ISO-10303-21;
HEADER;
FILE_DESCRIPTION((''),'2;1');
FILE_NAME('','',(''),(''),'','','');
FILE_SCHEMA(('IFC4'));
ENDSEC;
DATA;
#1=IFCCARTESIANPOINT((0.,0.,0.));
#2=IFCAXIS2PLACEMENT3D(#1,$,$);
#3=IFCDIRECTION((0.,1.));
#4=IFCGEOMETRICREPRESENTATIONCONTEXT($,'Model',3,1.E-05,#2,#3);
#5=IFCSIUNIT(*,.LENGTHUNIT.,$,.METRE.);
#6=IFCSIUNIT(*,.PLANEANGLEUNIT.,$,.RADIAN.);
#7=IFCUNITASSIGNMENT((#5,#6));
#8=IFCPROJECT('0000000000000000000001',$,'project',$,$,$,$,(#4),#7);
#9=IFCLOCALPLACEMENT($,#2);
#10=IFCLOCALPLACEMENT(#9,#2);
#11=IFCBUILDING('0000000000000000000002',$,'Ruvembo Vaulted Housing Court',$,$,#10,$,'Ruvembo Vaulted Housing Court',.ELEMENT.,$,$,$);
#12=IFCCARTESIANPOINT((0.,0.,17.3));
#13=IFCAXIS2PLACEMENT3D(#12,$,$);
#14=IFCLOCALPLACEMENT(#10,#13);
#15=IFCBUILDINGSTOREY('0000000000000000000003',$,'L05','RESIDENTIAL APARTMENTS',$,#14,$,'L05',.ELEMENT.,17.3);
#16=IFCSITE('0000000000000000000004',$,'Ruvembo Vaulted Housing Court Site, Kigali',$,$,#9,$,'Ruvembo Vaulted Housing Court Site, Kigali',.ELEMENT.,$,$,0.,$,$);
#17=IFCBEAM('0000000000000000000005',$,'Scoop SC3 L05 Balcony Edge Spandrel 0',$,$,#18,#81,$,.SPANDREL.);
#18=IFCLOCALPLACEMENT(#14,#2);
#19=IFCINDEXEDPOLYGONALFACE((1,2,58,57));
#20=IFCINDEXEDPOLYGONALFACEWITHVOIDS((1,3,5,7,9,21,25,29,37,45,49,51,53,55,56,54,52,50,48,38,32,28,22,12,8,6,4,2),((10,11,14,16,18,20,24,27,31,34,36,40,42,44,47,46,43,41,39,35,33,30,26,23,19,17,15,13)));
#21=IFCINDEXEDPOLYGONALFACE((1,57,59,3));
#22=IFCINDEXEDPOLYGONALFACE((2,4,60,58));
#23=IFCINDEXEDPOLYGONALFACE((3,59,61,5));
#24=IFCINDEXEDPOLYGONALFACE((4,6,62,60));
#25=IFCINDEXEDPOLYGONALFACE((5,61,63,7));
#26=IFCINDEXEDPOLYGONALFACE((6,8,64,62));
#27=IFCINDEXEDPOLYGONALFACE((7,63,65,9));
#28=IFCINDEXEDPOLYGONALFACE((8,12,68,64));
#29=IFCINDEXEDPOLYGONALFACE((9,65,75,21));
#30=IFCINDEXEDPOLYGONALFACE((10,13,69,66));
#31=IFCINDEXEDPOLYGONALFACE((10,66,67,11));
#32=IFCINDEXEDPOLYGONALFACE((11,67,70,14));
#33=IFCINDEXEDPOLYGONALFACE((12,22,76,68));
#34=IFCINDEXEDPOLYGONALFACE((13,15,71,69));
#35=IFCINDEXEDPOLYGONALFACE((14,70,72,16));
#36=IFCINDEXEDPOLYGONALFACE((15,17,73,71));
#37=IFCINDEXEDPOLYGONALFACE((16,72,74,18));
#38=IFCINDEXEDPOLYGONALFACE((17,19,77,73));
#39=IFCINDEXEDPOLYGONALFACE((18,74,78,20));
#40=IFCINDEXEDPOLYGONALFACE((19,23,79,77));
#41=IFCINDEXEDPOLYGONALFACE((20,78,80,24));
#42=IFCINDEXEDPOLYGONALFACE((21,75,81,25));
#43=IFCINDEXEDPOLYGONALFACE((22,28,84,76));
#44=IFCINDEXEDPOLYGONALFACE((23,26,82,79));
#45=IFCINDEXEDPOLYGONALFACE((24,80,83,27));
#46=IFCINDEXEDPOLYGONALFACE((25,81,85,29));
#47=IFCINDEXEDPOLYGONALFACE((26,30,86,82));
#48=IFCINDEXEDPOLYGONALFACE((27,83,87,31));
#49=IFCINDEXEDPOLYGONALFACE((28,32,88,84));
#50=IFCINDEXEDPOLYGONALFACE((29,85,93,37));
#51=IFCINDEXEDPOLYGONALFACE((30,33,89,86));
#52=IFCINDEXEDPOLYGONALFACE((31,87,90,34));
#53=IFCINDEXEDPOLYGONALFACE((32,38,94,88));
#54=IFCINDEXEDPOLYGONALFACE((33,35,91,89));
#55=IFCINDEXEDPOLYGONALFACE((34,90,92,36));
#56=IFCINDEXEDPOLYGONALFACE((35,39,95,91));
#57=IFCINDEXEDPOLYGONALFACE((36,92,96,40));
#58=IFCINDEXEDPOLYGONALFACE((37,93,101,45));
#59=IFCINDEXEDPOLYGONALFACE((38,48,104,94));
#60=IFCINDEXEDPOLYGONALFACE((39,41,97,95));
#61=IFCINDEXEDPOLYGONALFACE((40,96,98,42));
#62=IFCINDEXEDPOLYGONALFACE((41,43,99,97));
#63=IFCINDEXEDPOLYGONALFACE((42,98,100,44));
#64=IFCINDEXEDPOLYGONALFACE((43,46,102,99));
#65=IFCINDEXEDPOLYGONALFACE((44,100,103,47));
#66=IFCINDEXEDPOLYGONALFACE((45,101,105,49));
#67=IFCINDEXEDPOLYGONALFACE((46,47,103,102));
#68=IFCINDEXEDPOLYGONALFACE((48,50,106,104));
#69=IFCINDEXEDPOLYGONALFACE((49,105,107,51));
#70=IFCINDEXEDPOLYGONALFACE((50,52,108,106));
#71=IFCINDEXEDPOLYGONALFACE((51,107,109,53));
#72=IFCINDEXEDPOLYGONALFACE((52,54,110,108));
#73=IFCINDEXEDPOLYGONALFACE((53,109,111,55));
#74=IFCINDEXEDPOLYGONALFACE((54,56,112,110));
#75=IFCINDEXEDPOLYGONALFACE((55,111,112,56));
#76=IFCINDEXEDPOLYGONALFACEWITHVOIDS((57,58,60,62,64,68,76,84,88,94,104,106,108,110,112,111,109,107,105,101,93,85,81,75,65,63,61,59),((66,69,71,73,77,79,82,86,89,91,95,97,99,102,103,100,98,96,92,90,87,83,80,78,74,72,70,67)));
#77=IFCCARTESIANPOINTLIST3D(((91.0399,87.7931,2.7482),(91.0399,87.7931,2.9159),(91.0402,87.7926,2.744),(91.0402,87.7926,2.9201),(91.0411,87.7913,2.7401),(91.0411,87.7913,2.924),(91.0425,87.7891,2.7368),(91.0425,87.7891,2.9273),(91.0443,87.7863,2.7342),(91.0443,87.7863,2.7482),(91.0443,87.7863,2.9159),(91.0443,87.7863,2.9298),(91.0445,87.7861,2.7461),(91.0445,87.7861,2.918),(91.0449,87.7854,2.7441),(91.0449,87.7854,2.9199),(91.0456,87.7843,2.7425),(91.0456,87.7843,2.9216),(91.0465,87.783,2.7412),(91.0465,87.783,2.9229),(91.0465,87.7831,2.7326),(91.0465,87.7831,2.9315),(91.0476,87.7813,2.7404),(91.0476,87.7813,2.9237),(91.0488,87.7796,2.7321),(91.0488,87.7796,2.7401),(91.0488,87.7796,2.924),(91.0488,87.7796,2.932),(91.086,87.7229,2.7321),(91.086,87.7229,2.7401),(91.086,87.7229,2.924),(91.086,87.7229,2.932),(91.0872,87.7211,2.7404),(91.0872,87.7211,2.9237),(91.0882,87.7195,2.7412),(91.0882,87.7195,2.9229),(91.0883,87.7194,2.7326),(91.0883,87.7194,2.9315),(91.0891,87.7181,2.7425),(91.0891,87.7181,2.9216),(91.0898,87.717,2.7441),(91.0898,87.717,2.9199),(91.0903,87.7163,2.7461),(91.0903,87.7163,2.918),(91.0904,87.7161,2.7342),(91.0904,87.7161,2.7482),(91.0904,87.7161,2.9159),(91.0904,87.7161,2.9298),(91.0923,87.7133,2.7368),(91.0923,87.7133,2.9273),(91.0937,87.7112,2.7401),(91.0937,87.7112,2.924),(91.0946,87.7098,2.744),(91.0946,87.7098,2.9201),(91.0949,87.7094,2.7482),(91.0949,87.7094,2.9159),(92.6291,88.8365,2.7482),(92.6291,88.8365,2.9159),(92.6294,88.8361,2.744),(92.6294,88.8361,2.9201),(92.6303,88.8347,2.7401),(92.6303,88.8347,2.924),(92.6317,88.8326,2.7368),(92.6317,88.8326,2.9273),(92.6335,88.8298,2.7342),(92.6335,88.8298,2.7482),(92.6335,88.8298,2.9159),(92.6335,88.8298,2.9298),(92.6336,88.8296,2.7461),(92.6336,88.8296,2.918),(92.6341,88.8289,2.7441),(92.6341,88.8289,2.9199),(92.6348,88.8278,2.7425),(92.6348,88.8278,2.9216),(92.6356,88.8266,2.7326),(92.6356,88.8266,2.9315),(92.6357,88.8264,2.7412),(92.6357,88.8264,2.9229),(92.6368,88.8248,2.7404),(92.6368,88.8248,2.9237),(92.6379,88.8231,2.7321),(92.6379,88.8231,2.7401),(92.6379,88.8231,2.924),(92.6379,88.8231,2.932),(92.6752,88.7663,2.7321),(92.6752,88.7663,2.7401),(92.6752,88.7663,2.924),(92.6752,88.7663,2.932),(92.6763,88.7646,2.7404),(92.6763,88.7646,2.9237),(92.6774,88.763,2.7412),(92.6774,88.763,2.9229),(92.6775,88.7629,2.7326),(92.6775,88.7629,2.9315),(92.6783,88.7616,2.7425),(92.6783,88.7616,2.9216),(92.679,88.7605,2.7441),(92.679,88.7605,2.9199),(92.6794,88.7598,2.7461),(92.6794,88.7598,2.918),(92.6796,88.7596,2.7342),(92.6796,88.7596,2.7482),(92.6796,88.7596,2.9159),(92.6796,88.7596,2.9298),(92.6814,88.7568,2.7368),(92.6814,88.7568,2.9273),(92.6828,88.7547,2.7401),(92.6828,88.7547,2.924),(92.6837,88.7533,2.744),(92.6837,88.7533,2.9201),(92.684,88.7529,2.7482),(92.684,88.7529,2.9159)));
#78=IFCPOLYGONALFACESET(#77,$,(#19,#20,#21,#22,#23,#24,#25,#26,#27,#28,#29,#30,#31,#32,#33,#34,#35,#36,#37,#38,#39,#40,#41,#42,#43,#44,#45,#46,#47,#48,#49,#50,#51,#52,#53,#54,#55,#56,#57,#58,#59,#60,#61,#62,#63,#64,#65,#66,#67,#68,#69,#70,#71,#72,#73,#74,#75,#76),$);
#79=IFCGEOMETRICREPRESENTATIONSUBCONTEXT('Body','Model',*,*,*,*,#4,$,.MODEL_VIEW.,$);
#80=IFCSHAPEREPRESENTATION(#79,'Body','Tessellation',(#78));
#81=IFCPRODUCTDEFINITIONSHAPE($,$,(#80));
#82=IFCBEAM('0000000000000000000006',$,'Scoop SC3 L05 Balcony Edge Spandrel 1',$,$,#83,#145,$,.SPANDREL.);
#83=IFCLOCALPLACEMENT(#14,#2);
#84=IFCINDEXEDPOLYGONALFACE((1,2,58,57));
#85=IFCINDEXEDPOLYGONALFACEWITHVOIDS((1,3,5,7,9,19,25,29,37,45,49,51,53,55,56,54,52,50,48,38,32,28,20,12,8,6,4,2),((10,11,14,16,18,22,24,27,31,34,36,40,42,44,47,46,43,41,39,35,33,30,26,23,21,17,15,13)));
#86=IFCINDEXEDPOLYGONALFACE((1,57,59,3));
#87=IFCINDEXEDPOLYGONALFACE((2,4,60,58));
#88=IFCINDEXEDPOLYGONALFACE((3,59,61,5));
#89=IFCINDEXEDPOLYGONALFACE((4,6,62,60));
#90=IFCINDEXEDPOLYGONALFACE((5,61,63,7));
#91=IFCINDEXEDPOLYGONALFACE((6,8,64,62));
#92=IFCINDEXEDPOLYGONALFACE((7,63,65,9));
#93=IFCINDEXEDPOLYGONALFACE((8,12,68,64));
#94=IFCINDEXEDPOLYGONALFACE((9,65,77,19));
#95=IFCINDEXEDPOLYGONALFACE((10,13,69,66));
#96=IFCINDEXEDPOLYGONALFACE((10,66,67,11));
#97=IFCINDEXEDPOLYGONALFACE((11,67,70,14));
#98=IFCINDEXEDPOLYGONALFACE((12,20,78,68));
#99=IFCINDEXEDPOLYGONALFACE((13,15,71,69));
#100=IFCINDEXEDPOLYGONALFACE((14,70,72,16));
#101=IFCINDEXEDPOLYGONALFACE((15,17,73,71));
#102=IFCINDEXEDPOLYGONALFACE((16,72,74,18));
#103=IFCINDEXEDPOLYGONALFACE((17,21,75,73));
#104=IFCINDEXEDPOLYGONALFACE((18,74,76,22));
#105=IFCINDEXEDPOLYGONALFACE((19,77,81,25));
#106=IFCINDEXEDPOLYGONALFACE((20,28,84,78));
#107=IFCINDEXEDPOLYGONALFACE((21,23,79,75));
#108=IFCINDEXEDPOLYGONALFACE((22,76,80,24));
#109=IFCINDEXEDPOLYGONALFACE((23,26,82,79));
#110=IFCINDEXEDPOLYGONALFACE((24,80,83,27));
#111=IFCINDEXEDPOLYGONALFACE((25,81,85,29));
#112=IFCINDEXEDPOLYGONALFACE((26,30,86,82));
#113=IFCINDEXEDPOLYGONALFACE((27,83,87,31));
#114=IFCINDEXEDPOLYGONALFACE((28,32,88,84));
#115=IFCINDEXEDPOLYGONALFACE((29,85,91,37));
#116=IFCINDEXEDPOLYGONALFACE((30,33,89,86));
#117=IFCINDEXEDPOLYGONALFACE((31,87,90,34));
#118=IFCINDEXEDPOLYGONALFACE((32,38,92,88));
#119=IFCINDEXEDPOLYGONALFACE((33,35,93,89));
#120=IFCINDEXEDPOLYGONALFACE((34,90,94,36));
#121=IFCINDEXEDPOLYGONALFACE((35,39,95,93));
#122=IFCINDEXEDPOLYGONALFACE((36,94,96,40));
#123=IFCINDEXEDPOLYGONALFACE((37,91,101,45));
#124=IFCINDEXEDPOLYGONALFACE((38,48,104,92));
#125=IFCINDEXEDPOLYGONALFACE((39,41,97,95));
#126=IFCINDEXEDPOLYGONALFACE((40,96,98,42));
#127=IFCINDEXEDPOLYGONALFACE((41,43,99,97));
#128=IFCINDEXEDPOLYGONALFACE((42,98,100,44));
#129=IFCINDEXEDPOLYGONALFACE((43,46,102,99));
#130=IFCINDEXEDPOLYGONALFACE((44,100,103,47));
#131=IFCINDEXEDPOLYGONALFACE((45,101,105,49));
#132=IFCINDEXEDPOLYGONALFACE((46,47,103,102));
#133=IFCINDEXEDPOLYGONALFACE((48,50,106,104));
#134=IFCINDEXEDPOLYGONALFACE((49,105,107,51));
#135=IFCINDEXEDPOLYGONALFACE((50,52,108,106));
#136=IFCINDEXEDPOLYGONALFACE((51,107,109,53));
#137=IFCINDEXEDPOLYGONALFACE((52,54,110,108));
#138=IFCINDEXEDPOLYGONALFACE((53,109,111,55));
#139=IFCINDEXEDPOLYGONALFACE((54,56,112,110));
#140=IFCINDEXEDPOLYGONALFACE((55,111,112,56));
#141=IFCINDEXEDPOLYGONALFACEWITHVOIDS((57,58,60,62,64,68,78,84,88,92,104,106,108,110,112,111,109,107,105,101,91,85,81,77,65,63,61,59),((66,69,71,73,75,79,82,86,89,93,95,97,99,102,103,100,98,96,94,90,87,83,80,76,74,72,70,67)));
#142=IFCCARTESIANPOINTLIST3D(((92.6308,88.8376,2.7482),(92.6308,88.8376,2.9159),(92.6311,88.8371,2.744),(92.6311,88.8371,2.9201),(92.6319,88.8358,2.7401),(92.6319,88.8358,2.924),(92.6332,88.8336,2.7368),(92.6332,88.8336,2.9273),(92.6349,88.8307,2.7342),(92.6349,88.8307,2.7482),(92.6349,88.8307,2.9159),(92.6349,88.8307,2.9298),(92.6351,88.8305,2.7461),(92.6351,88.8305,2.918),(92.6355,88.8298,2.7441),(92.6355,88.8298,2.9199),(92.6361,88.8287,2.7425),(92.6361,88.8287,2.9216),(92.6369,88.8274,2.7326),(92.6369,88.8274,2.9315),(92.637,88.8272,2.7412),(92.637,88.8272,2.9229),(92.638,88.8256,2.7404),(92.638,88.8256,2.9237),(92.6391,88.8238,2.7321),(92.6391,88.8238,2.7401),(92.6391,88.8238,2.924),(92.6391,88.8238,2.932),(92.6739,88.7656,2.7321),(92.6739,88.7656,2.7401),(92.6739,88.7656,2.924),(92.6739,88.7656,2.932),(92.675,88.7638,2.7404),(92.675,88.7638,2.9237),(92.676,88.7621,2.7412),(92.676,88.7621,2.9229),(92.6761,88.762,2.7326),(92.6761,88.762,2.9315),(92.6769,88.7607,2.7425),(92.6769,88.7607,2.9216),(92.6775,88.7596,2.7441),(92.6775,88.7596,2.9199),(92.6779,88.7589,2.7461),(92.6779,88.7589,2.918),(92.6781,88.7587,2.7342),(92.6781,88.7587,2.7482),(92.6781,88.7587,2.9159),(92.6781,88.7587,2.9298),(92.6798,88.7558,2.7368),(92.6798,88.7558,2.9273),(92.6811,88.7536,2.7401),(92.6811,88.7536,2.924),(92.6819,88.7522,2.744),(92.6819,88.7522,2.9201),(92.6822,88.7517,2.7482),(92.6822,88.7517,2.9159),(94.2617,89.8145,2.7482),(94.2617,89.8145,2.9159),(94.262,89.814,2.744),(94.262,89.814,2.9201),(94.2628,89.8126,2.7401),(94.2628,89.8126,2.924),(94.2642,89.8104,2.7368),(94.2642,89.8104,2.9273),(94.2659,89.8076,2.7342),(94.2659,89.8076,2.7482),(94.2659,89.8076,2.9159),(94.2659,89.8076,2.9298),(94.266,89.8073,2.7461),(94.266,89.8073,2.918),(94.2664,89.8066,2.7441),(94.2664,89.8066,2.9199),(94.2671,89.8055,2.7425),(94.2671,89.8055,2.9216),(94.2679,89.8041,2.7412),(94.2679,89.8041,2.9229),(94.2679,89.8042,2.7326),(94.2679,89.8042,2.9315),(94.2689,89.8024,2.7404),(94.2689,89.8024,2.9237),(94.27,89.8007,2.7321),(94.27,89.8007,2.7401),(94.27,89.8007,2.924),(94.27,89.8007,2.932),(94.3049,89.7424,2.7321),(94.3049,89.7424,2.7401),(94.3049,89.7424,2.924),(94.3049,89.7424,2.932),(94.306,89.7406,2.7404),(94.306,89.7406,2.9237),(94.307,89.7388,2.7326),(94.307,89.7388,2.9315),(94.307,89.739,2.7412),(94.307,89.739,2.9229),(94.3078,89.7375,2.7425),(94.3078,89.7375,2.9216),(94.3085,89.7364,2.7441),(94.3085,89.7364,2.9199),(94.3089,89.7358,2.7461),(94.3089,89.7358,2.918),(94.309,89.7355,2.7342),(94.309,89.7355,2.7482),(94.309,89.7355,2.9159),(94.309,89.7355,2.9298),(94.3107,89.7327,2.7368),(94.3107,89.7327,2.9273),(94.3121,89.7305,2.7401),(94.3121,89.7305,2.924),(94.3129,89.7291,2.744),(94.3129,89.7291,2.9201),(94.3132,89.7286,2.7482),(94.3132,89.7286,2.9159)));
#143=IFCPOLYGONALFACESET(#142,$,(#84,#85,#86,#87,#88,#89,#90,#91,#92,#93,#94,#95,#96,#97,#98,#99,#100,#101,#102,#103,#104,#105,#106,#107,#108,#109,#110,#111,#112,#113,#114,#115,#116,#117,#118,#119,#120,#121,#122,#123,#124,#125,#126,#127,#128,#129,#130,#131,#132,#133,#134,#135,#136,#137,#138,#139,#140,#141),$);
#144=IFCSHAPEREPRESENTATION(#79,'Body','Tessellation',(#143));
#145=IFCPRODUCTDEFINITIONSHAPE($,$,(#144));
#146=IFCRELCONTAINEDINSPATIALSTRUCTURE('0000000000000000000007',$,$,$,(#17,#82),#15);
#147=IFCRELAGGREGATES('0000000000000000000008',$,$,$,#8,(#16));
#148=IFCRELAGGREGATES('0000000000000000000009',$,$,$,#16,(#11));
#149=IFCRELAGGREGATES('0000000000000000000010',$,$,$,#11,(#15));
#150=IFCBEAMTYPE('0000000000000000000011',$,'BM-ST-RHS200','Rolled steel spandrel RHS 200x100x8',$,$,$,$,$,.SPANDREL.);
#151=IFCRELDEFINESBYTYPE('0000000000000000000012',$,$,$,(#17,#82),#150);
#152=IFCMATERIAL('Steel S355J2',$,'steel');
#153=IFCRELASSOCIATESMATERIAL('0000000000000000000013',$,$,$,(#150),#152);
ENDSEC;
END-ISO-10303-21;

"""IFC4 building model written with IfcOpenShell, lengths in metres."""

from ifc_helpers import new_model, si_unit, direction, frame, origin, origin_2d, place, context, subcontext, project, spatial, hollow_rectangle, extrude, material, material_profile, profile_set, type_object, element, save


model = new_model("IFC4")

# Units and contexts
model_context = context("Model", 3, precision=1e-05, world=origin(), true_north=direction((0.0, 1.0)))
body_context = subcontext(model_context, "Body", "Model", "MODEL_VIEW")
ifc_project = project(units=[si_unit("LENGTHUNIT", "METRE"), si_unit("PLANEANGLEUNIT", "RADIAN")], contexts=[model_context])

# Site, building, storey
site_placement = place(None, origin())
site = spatial("IfcSite", under=ifc_project, at=site_placement, Name="Ruvembo Vaulted Housing Court Site, Kigali", LongName="Ruvembo Vaulted Housing Court Site, Kigali", CompositionType="ELEMENT", RefElevation=0.0)
building_placement = place(site_placement, origin())
building = spatial("IfcBuilding", under=site, at=building_placement, Name="Ruvembo Vaulted Housing Court", LongName="Ruvembo Vaulted Housing Court", CompositionType="ELEMENT")
storey_placement = place(building_placement, frame((0.0, 0.0, 17.3)))
storey = spatial("IfcBuildingStorey", under=building, at=storey_placement, Name="L05", Description="RESIDENTIAL APARTMENTS", LongName="L05", CompositionType="ELEMENT", Elevation=17.3)

# Beams
ifc_material_1 = material(Name="Steel S355J2", Category="steel")
ifc_material_profile_1 = material_profile(ifc_material_1, hollow_rectangle(XDim=0.1001, YDim=0.2, WallThickness=0.0081, InnerFilletRadius=0.0081, OuterFilletRadius=0.0161, at=origin_2d()), Name="RHS 200x100x8")
ifc_profile_set_1 = profile_set([ifc_material_profile_1], Name="Steel S355J2")
beam_type = type_object("IfcBeamType", Name="BM-ST-RHS200", Description="Rolled steel spandrel RHS 200x100x8", PredefinedType="SPANDREL", material=ifc_profile_set_1)
for number, where, z_axis, x_axis, name in (
    (1, (91.0674, 87.7512, 2.832), (0.835902, 0.548878, 0.0), (-0.548878, 0.835902, 0.0), "Scoop SC3 L05 Balcony Edge Spandrel 0"),
    (2, (92.6565, 88.7947, 2.832), (0.857889, 0.513835, 0.0), (-0.513835, 0.857889, 0.0), "Scoop SC3 L05 Balcony Edge Spandrel 1"),
):
    element("IfcBeam", number, at=place(storey_placement, frame(where, z_axis=z_axis, x_axis=x_axis)), inside=storey, type_object=beam_type, Name=name, PredefinedType="SPANDREL", context=body_context, shape_type="SweptSolid", body=[
        extrude(hollow_rectangle(XDim=0.1001, YDim=0.2, WallThickness=0.0081, InnerFilletRadius=0.0081, OuterFilletRadius=0.0161, at=origin_2d()), origin(), (0.0, 0.0, 1.0), 1.9011),
    ])

save(model, "model.ifc")
